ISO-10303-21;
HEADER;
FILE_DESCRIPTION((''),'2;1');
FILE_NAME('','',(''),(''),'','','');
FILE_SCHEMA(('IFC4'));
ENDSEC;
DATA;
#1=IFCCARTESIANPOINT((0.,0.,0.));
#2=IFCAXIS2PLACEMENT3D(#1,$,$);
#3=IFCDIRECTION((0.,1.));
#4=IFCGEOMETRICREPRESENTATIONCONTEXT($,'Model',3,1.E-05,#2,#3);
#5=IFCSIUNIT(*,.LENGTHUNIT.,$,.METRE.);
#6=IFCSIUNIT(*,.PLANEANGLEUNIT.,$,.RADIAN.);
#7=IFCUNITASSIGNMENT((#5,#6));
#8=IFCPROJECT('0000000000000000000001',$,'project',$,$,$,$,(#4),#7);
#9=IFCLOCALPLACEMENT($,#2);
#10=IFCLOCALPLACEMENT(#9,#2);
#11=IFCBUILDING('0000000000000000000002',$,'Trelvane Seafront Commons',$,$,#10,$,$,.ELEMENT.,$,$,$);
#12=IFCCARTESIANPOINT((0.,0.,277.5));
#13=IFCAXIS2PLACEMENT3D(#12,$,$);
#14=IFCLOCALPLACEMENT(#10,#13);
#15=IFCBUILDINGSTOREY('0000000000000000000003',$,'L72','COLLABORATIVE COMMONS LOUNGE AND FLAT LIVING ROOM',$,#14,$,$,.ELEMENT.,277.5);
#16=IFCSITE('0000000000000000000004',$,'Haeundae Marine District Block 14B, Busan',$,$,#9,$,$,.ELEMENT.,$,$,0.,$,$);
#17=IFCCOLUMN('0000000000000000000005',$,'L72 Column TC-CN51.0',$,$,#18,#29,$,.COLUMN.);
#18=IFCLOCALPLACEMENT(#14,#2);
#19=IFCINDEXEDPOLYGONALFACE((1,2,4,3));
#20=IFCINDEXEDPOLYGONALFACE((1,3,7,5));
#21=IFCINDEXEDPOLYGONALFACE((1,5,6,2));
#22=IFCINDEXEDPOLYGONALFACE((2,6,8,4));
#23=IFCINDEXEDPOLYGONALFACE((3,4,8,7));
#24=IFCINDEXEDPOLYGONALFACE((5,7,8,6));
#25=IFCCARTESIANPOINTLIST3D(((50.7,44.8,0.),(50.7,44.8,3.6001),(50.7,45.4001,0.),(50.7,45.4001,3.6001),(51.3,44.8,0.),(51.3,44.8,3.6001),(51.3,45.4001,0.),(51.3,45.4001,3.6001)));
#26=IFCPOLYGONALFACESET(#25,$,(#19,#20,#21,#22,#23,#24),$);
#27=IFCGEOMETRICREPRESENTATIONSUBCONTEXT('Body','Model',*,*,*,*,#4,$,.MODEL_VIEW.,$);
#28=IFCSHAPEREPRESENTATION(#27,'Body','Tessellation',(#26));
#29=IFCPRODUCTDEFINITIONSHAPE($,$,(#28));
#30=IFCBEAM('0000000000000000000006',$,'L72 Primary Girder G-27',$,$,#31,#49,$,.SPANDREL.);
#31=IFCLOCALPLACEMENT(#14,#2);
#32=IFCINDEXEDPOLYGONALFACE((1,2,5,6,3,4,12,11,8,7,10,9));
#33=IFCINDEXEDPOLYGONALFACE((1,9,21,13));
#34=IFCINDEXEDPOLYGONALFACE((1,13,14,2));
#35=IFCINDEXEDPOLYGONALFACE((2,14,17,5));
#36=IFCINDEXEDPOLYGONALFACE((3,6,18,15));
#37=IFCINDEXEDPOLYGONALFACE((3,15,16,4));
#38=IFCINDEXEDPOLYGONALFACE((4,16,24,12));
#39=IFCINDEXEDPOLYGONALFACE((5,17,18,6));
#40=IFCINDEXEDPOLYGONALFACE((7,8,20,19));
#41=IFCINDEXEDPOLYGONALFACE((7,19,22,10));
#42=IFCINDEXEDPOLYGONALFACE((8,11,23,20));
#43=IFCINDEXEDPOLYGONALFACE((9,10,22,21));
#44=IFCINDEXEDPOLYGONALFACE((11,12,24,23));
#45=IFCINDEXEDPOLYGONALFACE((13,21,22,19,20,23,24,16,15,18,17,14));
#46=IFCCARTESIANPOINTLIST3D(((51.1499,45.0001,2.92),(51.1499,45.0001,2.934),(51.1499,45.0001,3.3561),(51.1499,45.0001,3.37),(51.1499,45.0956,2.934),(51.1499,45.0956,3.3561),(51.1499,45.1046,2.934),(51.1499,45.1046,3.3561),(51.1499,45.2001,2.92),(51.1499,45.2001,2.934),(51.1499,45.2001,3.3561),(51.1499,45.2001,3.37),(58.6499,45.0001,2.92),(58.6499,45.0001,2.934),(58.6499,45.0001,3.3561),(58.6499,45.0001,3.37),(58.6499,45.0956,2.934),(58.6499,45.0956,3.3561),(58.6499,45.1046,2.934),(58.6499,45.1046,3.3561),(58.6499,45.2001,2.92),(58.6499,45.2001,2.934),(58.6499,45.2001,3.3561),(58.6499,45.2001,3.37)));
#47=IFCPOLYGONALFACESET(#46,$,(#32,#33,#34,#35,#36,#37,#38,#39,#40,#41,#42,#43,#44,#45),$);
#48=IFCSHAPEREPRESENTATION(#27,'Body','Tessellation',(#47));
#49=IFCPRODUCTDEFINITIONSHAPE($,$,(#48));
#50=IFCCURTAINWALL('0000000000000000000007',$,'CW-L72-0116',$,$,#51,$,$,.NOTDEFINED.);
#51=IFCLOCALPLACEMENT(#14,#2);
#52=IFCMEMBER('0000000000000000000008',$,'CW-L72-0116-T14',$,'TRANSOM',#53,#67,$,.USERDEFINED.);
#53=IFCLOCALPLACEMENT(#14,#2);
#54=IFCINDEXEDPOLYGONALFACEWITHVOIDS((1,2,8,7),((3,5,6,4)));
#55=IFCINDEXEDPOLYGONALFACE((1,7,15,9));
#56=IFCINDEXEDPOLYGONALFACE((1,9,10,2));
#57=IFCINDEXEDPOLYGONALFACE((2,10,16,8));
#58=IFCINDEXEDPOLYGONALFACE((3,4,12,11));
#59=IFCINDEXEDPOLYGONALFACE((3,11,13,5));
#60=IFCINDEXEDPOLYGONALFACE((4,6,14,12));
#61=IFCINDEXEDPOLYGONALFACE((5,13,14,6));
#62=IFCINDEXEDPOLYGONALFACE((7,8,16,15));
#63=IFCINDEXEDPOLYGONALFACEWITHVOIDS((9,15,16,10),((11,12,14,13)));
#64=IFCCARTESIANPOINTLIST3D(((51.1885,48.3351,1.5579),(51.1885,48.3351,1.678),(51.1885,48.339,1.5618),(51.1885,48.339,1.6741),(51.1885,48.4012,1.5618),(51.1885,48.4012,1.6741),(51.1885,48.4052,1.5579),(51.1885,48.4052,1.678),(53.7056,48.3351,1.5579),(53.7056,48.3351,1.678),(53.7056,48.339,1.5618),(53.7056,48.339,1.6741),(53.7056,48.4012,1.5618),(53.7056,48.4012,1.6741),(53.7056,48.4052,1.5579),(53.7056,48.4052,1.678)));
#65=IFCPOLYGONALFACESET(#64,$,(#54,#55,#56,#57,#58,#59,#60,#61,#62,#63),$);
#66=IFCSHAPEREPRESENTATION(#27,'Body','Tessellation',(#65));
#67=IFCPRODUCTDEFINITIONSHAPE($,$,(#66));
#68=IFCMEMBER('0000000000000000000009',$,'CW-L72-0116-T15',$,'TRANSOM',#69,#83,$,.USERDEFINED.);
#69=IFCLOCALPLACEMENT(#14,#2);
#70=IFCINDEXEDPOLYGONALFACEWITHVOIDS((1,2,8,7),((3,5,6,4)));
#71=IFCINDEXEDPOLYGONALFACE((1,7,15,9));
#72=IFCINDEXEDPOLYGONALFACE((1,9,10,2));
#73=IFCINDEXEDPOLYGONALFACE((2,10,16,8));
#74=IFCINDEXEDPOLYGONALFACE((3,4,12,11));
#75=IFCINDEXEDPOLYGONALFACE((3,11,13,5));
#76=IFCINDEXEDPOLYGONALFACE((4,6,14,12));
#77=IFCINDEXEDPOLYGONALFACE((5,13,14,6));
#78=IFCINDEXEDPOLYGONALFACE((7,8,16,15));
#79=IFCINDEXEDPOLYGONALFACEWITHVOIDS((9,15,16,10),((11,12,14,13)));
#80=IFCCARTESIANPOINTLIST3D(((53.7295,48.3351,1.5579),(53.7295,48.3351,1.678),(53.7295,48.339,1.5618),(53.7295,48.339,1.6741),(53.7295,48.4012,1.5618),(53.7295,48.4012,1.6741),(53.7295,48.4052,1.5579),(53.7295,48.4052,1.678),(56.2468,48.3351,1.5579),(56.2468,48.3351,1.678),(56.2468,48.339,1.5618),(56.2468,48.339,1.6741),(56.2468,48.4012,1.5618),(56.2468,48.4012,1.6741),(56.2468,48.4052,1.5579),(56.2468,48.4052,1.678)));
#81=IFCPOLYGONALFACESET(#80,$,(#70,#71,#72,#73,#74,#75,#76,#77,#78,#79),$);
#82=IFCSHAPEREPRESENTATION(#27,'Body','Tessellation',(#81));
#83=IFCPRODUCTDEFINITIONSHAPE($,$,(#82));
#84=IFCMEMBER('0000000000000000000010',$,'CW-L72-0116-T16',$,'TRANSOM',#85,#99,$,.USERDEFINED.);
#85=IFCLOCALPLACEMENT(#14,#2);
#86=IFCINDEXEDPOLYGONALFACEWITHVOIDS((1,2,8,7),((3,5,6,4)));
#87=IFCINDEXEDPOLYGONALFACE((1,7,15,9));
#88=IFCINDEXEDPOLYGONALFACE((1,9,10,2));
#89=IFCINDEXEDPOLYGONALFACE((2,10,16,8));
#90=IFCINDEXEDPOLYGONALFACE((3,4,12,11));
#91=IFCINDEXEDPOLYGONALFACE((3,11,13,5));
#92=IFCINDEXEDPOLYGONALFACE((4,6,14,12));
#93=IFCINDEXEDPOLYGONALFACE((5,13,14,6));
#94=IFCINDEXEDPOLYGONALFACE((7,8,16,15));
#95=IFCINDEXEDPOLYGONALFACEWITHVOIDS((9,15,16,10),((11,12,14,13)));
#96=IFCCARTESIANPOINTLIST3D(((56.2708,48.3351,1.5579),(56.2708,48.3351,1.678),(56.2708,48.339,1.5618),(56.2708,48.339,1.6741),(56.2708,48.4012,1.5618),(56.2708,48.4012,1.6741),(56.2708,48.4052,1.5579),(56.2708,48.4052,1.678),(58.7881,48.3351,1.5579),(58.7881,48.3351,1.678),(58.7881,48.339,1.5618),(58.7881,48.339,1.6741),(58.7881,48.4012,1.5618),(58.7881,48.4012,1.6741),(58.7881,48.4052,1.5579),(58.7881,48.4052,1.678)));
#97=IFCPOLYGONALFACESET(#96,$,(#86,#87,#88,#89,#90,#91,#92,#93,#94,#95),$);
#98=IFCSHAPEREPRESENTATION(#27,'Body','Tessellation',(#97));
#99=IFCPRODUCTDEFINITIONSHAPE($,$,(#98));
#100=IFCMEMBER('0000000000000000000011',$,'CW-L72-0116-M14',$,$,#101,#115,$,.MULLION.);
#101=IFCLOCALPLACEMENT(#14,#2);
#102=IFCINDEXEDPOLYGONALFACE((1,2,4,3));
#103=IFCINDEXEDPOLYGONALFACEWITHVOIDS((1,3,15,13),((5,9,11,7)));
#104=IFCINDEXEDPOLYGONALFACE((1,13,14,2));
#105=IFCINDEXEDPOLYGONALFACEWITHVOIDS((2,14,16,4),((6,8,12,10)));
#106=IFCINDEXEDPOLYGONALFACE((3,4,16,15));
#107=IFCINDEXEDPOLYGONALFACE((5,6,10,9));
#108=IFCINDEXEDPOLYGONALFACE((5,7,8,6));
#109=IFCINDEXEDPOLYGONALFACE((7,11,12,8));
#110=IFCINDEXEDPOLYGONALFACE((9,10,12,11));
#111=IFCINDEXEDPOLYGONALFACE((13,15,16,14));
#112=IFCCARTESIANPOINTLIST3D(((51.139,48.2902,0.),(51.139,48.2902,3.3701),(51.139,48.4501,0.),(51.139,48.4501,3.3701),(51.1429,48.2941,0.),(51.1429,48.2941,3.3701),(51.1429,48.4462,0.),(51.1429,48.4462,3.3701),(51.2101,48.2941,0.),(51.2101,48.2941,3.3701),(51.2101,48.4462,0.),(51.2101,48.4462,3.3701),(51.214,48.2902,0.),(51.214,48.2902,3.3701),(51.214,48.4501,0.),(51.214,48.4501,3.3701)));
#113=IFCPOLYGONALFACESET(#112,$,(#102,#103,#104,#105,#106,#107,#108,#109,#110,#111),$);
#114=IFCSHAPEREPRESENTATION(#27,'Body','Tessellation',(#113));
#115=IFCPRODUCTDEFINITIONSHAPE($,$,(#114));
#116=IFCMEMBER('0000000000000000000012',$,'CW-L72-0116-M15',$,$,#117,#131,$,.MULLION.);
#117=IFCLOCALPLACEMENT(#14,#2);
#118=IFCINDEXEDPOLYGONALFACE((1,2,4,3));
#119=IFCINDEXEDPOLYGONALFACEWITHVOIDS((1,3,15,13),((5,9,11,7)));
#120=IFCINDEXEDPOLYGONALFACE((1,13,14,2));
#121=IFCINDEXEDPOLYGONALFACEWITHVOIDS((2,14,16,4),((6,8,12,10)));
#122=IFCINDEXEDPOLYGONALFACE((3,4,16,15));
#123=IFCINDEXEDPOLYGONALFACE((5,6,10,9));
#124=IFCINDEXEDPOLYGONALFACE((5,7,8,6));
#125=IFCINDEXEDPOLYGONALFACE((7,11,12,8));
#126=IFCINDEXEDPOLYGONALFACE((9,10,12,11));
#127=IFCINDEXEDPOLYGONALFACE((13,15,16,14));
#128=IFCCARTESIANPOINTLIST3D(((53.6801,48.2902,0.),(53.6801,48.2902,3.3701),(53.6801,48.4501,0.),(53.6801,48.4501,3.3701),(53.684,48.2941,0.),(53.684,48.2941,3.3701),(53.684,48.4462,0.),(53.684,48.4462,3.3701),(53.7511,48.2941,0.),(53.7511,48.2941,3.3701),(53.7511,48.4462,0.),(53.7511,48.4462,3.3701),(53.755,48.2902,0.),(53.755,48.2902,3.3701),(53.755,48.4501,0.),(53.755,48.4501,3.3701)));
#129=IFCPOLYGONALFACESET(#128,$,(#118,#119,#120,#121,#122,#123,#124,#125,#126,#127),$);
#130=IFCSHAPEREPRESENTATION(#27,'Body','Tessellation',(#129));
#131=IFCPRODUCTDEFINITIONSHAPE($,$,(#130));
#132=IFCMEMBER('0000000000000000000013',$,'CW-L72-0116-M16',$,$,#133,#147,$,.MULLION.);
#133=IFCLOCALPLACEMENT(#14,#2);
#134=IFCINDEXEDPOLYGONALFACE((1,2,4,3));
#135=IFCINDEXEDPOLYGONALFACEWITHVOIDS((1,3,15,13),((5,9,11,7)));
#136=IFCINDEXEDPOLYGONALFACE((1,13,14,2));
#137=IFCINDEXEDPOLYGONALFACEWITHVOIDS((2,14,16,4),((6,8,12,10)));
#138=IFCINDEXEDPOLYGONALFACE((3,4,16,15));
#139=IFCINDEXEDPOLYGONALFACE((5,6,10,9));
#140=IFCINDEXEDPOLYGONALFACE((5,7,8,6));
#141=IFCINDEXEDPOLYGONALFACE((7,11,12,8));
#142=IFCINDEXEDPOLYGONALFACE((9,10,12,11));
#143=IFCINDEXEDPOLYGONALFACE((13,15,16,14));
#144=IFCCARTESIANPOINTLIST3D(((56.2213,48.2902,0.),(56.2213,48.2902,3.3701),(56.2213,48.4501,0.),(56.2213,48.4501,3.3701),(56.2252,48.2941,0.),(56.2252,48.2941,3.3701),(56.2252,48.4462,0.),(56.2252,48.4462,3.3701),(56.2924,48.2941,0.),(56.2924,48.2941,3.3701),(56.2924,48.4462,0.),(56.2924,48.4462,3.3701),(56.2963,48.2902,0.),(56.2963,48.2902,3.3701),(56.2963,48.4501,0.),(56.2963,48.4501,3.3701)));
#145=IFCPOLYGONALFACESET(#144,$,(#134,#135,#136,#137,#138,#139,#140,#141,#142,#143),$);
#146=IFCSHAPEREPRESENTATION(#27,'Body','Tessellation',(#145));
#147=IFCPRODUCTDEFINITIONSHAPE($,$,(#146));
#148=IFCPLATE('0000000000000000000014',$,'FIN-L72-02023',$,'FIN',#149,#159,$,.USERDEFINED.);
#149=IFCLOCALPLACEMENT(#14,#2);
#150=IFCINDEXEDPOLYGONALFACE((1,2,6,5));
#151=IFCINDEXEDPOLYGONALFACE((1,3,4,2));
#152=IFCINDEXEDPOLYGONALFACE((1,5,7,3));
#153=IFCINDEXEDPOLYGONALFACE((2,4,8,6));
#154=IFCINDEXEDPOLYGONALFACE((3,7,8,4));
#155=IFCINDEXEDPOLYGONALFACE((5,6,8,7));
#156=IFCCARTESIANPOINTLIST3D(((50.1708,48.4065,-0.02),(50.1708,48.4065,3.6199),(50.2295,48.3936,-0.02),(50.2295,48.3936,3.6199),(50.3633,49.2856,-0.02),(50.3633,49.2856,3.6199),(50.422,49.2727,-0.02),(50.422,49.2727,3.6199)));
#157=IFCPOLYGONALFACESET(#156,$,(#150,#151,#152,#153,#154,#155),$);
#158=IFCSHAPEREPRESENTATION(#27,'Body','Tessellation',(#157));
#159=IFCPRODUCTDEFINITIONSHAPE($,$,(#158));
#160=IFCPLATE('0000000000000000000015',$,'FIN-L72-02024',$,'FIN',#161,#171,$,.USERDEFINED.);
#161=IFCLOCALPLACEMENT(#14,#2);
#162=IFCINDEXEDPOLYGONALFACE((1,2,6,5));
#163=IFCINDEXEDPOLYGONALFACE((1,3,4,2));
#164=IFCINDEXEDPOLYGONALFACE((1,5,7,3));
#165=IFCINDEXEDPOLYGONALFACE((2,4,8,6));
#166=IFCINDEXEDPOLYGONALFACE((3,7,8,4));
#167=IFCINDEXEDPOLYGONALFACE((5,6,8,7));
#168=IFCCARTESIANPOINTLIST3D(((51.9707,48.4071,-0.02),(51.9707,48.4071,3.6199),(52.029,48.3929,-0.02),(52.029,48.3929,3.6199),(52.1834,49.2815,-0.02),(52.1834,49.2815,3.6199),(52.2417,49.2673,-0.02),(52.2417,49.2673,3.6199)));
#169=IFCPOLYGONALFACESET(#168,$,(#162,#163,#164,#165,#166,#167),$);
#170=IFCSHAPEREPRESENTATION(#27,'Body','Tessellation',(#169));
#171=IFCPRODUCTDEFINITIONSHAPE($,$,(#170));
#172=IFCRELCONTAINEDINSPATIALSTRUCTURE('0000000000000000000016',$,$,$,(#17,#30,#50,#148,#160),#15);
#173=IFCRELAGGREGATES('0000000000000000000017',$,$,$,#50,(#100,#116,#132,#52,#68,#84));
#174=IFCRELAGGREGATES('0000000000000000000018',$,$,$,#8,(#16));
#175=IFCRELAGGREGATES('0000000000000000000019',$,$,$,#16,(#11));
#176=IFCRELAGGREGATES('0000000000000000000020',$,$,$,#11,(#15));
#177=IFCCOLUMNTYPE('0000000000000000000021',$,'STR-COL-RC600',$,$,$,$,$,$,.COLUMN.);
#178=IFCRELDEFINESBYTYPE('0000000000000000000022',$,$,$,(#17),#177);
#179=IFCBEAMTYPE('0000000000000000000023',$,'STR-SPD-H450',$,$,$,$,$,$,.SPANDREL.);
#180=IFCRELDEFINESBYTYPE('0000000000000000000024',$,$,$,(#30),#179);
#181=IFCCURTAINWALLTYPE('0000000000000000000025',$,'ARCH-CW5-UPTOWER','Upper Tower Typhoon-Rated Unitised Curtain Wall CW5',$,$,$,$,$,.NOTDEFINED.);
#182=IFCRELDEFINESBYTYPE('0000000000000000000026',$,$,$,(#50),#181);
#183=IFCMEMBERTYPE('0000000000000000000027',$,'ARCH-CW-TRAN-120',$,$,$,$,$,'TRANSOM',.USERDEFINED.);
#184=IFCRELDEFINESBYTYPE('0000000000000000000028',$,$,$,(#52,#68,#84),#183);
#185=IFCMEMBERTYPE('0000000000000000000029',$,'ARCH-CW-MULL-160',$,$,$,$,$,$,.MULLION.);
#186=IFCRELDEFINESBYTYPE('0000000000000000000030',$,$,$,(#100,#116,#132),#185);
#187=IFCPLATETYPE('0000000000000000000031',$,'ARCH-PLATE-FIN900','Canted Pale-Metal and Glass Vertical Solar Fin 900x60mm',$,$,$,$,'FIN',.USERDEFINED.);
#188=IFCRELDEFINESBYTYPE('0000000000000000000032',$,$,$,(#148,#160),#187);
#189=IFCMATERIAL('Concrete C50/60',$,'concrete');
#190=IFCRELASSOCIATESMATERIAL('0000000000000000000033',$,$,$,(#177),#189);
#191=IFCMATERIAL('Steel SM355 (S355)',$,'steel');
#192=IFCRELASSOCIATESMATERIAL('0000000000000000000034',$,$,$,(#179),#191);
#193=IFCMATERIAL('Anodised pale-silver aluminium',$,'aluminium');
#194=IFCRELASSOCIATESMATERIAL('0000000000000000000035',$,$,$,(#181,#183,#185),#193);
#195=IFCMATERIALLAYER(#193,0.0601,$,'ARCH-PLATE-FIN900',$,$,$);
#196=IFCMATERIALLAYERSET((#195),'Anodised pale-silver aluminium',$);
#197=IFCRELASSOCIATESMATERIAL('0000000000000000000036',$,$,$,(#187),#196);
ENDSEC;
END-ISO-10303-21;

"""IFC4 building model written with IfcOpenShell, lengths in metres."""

from ifc_helpers import new_model, si_unit, direction, frame, origin, origin_2d, place, context, subcontext, project, spatial, rectangle, hollow_rectangle, i_section, extrude, source, transform, mapped, material, layer, layer_set, material_profile, profile_set, type_object, element, aggregate, save


model = new_model("IFC4")

# Units and contexts
model_context = context("Model", 3, precision=1e-05, world=origin(), true_north=direction((0.0, 1.0)))
body_context = subcontext(model_context, "Body", "Model", "MODEL_VIEW")
ifc_project = project(units=[si_unit("LENGTHUNIT", "METRE"), si_unit("PLANEANGLEUNIT", "RADIAN")], contexts=[model_context])

# Site, building, storey
site_placement = place(None, origin())
site = spatial("IfcSite", under=ifc_project, at=site_placement, Name="Haeundae Marine District Block 14B, Busan", CompositionType="ELEMENT", RefElevation=0.0)
building_placement = place(site_placement, origin())
building = spatial("IfcBuilding", under=site, at=building_placement, Name="Trelvane Seafront Commons", CompositionType="ELEMENT")
storey_placement = place(building_placement, frame((0.0, 0.0, 277.5)))
storey = spatial("IfcBuildingStorey", under=building, at=storey_placement, Name="L72", Description="COLLABORATIVE COMMONS LOUNGE AND FLAT LIVING ROOM", CompositionType="ELEMENT", Elevation=277.5)

# Column
ifc_material_1 = material(Name="Concrete C50/60", Category="concrete")
ifc_material_profile_1 = material_profile(ifc_material_1, rectangle(XDim=0.6001, YDim=0.6001, at=origin_2d()), Name="RC-600x600")
ifc_profile_set_1 = profile_set([ifc_material_profile_1], Name="Concrete C50/60")
column_type = type_object("IfcColumnType", Name="STR-COL-RC600", PredefinedType="COLUMN", material=ifc_profile_set_1)
shared_shape_1 = source(origin(), body_context, "Body", "SweptSolid", [
    extrude(rectangle(XDim=0.6001, YDim=0.6001, at=origin_2d()), origin(), (0.0, 0.0, 1.0), 3.6001),
])
column_placement = place(storey_placement, frame((51.0, 45.1001, 0.0), z_axis=(0.0, 0.0, 1.0), x_axis=(1.0, 0.0, 0.0)))
element("IfcColumn", 1, at=column_placement, inside=storey, type_object=column_type, Name="L72 Column TC-CN51.0", PredefinedType="COLUMN", context=body_context, shape_type="MappedRepresentation", body=[
    mapped(shared_shape_1, transform((0.0, 0.0, 0.0), x_axis=(1.0, 0.0, 0.0), y_axis=(0.0, 1.0, 0.0), z_axis=(0.0, 0.0, 1.0), scale=1.0)),
])

# Beam
ifc_material_2 = material(Name="Steel SM355 (S355)", Category="steel")
ifc_material_profile_2 = material_profile(ifc_material_2, i_section(OverallWidth=0.2, OverallDepth=0.45, WebThickness=0.009, FlangeThickness=0.0139, at=origin_2d()), Name="H-450x200x9x14")
ifc_profile_set_2 = profile_set([ifc_material_profile_2], Name="Steel SM355 (S355)")
beam_type = type_object("IfcBeamType", Name="STR-SPD-H450", PredefinedType="SPANDREL", material=ifc_profile_set_2)
shared_shape_2 = source(origin(), body_context, "Body", "SweptSolid", [
    extrude(i_section(OverallWidth=0.2, OverallDepth=0.45, WebThickness=0.009, FlangeThickness=0.0139, at=origin_2d()), origin(), (0.0, 0.0, 1.0), 7.5),
])
beam_placement = place(storey_placement, frame((51.1499, 45.1001, 3.145), z_axis=(1.0, 0.0, 0.0), x_axis=(0.0, 1.0, 0.0)))
element("IfcBeam", 2, at=beam_placement, inside=storey, type_object=beam_type, Name="L72 Primary Girder G-27", PredefinedType="SPANDREL", context=body_context, shape_type="MappedRepresentation", body=[
    mapped(shared_shape_2, transform((0.0, 0.0, 0.0), x_axis=(1.0, 0.0, 0.0), y_axis=(0.0, 1.0, 0.0), z_axis=(0.0, 0.0, 1.0), scale=1.0)),
])

# Curtain wall, members
ifc_material_3 = material(Name="Anodised pale-silver aluminium", Category="aluminium")
curtain_wall_type = type_object("IfcCurtainWallType", Name="ARCH-CW5-UPTOWER", Description="Upper Tower Typhoon-Rated Unitised Curtain Wall CW5", PredefinedType="NOTDEFINED", material=ifc_material_3)
curtain_wall_placement = place(storey_placement, origin())
curtain_wall = element("IfcCurtainWall", 3, at=curtain_wall_placement, inside=storey, type_object=curtain_wall_type, Name="CW-L72-0116", PredefinedType="NOTDEFINED")
ifc_material_profile_3 = material_profile(ifc_material_3, hollow_rectangle(XDim=0.0701, YDim=0.1201, WallThickness=0.0039, at=origin_2d()), Name="TRAN-70x120x4")
ifc_profile_set_3 = profile_set([ifc_material_profile_3], Name="Anodised pale-silver aluminium")
member_type_1 = type_object("IfcMemberType", Name="ARCH-CW-TRAN-120", ElementType="TRANSOM", PredefinedType="USERDEFINED", material=ifc_profile_set_3)
shared_shape_3 = source(origin(), body_context, "Body", "SweptSolid", [
    extrude(hollow_rectangle(XDim=0.0701, YDim=0.1201, WallThickness=0.0039, at=origin_2d()), origin(), (0.0, 0.0, 1.0), 2.5171),
])
member_1_placement = place(storey_placement, frame((51.1885, 48.3701, 1.6179), z_axis=(1.0, 0.0, 0.0), x_axis=(0.0, 1.0, 0.0)))
member_1 = element("IfcMember", 4, at=member_1_placement, type_object=member_type_1, Name="CW-L72-0116-T14", ObjectType="TRANSOM", PredefinedType="USERDEFINED", context=body_context, shape_type="MappedRepresentation", body=[
    mapped(shared_shape_3, transform((0.0, 0.0, 0.0), x_axis=(1.0, 0.0, 0.0), y_axis=(0.0, 1.0, 0.0), z_axis=(0.0, 0.0, 1.0), scale=1.0)),
])
shared_shape_4 = source(origin(), body_context, "Body", "SweptSolid", [
    extrude(hollow_rectangle(XDim=0.0701, YDim=0.1201, WallThickness=0.0039, at=origin_2d()), origin(), (0.0, 0.0, 1.0), 2.5173),
])
member_2_placement = place(storey_placement, frame((53.7295, 48.3701, 1.6179), z_axis=(1.0, 0.0, 0.0), x_axis=(0.0, 1.0, 0.0)))
member_2 = element("IfcMember", 5, at=member_2_placement, type_object=member_type_1, Name="CW-L72-0116-T15", ObjectType="TRANSOM", PredefinedType="USERDEFINED", context=body_context, shape_type="MappedRepresentation", body=[
    mapped(shared_shape_4, transform((0.0, 0.0, 0.0), x_axis=(1.0, 0.0, 0.0), y_axis=(0.0, 1.0, 0.0), z_axis=(0.0, 0.0, 1.0), scale=1.0)),
])
member_3_placement = place(storey_placement, frame((56.2708, 48.3701, 1.6179), z_axis=(1.0, 0.0, 0.0), x_axis=(0.0, 1.0, 0.0)))
member_3 = element("IfcMember", 6, at=member_3_placement, type_object=member_type_1, Name="CW-L72-0116-T16", ObjectType="TRANSOM", PredefinedType="USERDEFINED", context=body_context, shape_type="MappedRepresentation", body=[
    mapped(shared_shape_4, transform((0.0, 0.0, 0.0), x_axis=(1.0, 0.0, 0.0), y_axis=(0.0, 1.0, 0.0), z_axis=(0.0, 0.0, 1.0), scale=1.0)),
])
ifc_material_profile_4 = material_profile(ifc_material_3, hollow_rectangle(XDim=0.075, YDim=0.1599, WallThickness=0.0039, at=origin_2d()), Name="MULL-75x160x4")
ifc_profile_set_4 = profile_set([ifc_material_profile_4], Name="Anodised pale-silver aluminium")
member_type_2 = type_object("IfcMemberType", Name="ARCH-CW-MULL-160", PredefinedType="MULLION", material=ifc_profile_set_4)
shared_shape_5 = source(origin(), body_context, "Body", "SweptSolid", [
    extrude(hollow_rectangle(XDim=0.075, YDim=0.1599, WallThickness=0.0039, at=origin_2d()), origin(), (0.0, 0.0, 1.0), 3.3701),
])
member_4_placement = place(storey_placement, frame((51.1765, 48.3701, 0.0), z_axis=(0.0, 0.0, 1.0), x_axis=(1.0, 0.0, 0.0)))
member_4 = element("IfcMember", 7, at=member_4_placement, type_object=member_type_2, Name="CW-L72-0116-M14", PredefinedType="MULLION", context=body_context, shape_type="MappedRepresentation", body=[
    mapped(shared_shape_5, transform((0.0, 0.0, 0.0), x_axis=(1.0, 0.0, 0.0), y_axis=(0.0, 1.0, 0.0), z_axis=(0.0, 0.0, 1.0), scale=1.0)),
])
member_5_placement = place(storey_placement, frame((53.7175, 48.3701, 0.0), z_axis=(0.0, 0.0, 1.0), x_axis=(1.0, 0.0, 0.0)))
member_5 = element("IfcMember", 8, at=member_5_placement, type_object=member_type_2, Name="CW-L72-0116-M15", PredefinedType="MULLION", context=body_context, shape_type="MappedRepresentation", body=[
    mapped(shared_shape_5, transform((0.0, 0.0, 0.0), x_axis=(1.0, 0.0, 0.0), y_axis=(0.0, 1.0, 0.0), z_axis=(0.0, 0.0, 1.0), scale=1.0)),
])
member_6_placement = place(storey_placement, frame((56.2588, 48.3701, 0.0), z_axis=(0.0, 0.0, 1.0), x_axis=(1.0, 0.0, 0.0)))
member_6 = element("IfcMember", 9, at=member_6_placement, type_object=member_type_2, Name="CW-L72-0116-M16", PredefinedType="MULLION", context=body_context, shape_type="MappedRepresentation", body=[
    mapped(shared_shape_5, transform((0.0, 0.0, 0.0), x_axis=(1.0, 0.0, 0.0), y_axis=(0.0, 1.0, 0.0), z_axis=(0.0, 0.0, 1.0), scale=1.0)),
])

# Plates
ifc_layer_1 = layer(ifc_material_3, 0.0601, Name="ARCH-PLATE-FIN900")
ifc_layer_set_1 = layer_set([ifc_layer_1], Name="Anodised pale-silver aluminium")
plate_type_1 = type_object("IfcPlateType", Name="ARCH-PLATE-FIN900", Description="Canted Pale-Metal and Glass Vertical Solar Fin 900x60mm", ElementType="FIN", PredefinedType="USERDEFINED", material=ifc_layer_set_1)
shared_shape_6 = source(origin(), body_context, "Body", "SweptSolid", [
    extrude(rectangle(XDim=0.8999, YDim=0.0601, at=origin_2d()), origin(), (0.0, 0.0, 1.0), 3.6399),
])
for number, where, z_axis, x_axis, name in (
    (10, (50.2964, 48.8396, -0.02), (0.0, 0.0, 1.0), (0.213883, 0.976859, 0.0), "FIN-L72-02023"),
    (11, (52.1062, 48.8372, -0.02), (0.0, 0.0, 1.0), (0.236334, 0.971672, 0.0), "FIN-L72-02024"),
):
    element("IfcPlate", number, at=place(storey_placement, frame(where, z_axis=z_axis, x_axis=x_axis)), inside=storey, type_object=plate_type_1, Name=name, ObjectType="FIN", PredefinedType="USERDEFINED", context=body_context, shape_type="MappedRepresentation", body=[
        mapped(shared_shape_6, transform((0.0, 0.0, 0.0), x_axis=(1.0, 0.0, 0.0), y_axis=(0.0, 1.0, 0.0), z_axis=(0.0, 0.0, 1.0), scale=1.0)),
    ])

aggregate(curtain_wall, [member_4, member_5, member_6, member_1, member_2, member_3])

save(model, "model.ifc")
